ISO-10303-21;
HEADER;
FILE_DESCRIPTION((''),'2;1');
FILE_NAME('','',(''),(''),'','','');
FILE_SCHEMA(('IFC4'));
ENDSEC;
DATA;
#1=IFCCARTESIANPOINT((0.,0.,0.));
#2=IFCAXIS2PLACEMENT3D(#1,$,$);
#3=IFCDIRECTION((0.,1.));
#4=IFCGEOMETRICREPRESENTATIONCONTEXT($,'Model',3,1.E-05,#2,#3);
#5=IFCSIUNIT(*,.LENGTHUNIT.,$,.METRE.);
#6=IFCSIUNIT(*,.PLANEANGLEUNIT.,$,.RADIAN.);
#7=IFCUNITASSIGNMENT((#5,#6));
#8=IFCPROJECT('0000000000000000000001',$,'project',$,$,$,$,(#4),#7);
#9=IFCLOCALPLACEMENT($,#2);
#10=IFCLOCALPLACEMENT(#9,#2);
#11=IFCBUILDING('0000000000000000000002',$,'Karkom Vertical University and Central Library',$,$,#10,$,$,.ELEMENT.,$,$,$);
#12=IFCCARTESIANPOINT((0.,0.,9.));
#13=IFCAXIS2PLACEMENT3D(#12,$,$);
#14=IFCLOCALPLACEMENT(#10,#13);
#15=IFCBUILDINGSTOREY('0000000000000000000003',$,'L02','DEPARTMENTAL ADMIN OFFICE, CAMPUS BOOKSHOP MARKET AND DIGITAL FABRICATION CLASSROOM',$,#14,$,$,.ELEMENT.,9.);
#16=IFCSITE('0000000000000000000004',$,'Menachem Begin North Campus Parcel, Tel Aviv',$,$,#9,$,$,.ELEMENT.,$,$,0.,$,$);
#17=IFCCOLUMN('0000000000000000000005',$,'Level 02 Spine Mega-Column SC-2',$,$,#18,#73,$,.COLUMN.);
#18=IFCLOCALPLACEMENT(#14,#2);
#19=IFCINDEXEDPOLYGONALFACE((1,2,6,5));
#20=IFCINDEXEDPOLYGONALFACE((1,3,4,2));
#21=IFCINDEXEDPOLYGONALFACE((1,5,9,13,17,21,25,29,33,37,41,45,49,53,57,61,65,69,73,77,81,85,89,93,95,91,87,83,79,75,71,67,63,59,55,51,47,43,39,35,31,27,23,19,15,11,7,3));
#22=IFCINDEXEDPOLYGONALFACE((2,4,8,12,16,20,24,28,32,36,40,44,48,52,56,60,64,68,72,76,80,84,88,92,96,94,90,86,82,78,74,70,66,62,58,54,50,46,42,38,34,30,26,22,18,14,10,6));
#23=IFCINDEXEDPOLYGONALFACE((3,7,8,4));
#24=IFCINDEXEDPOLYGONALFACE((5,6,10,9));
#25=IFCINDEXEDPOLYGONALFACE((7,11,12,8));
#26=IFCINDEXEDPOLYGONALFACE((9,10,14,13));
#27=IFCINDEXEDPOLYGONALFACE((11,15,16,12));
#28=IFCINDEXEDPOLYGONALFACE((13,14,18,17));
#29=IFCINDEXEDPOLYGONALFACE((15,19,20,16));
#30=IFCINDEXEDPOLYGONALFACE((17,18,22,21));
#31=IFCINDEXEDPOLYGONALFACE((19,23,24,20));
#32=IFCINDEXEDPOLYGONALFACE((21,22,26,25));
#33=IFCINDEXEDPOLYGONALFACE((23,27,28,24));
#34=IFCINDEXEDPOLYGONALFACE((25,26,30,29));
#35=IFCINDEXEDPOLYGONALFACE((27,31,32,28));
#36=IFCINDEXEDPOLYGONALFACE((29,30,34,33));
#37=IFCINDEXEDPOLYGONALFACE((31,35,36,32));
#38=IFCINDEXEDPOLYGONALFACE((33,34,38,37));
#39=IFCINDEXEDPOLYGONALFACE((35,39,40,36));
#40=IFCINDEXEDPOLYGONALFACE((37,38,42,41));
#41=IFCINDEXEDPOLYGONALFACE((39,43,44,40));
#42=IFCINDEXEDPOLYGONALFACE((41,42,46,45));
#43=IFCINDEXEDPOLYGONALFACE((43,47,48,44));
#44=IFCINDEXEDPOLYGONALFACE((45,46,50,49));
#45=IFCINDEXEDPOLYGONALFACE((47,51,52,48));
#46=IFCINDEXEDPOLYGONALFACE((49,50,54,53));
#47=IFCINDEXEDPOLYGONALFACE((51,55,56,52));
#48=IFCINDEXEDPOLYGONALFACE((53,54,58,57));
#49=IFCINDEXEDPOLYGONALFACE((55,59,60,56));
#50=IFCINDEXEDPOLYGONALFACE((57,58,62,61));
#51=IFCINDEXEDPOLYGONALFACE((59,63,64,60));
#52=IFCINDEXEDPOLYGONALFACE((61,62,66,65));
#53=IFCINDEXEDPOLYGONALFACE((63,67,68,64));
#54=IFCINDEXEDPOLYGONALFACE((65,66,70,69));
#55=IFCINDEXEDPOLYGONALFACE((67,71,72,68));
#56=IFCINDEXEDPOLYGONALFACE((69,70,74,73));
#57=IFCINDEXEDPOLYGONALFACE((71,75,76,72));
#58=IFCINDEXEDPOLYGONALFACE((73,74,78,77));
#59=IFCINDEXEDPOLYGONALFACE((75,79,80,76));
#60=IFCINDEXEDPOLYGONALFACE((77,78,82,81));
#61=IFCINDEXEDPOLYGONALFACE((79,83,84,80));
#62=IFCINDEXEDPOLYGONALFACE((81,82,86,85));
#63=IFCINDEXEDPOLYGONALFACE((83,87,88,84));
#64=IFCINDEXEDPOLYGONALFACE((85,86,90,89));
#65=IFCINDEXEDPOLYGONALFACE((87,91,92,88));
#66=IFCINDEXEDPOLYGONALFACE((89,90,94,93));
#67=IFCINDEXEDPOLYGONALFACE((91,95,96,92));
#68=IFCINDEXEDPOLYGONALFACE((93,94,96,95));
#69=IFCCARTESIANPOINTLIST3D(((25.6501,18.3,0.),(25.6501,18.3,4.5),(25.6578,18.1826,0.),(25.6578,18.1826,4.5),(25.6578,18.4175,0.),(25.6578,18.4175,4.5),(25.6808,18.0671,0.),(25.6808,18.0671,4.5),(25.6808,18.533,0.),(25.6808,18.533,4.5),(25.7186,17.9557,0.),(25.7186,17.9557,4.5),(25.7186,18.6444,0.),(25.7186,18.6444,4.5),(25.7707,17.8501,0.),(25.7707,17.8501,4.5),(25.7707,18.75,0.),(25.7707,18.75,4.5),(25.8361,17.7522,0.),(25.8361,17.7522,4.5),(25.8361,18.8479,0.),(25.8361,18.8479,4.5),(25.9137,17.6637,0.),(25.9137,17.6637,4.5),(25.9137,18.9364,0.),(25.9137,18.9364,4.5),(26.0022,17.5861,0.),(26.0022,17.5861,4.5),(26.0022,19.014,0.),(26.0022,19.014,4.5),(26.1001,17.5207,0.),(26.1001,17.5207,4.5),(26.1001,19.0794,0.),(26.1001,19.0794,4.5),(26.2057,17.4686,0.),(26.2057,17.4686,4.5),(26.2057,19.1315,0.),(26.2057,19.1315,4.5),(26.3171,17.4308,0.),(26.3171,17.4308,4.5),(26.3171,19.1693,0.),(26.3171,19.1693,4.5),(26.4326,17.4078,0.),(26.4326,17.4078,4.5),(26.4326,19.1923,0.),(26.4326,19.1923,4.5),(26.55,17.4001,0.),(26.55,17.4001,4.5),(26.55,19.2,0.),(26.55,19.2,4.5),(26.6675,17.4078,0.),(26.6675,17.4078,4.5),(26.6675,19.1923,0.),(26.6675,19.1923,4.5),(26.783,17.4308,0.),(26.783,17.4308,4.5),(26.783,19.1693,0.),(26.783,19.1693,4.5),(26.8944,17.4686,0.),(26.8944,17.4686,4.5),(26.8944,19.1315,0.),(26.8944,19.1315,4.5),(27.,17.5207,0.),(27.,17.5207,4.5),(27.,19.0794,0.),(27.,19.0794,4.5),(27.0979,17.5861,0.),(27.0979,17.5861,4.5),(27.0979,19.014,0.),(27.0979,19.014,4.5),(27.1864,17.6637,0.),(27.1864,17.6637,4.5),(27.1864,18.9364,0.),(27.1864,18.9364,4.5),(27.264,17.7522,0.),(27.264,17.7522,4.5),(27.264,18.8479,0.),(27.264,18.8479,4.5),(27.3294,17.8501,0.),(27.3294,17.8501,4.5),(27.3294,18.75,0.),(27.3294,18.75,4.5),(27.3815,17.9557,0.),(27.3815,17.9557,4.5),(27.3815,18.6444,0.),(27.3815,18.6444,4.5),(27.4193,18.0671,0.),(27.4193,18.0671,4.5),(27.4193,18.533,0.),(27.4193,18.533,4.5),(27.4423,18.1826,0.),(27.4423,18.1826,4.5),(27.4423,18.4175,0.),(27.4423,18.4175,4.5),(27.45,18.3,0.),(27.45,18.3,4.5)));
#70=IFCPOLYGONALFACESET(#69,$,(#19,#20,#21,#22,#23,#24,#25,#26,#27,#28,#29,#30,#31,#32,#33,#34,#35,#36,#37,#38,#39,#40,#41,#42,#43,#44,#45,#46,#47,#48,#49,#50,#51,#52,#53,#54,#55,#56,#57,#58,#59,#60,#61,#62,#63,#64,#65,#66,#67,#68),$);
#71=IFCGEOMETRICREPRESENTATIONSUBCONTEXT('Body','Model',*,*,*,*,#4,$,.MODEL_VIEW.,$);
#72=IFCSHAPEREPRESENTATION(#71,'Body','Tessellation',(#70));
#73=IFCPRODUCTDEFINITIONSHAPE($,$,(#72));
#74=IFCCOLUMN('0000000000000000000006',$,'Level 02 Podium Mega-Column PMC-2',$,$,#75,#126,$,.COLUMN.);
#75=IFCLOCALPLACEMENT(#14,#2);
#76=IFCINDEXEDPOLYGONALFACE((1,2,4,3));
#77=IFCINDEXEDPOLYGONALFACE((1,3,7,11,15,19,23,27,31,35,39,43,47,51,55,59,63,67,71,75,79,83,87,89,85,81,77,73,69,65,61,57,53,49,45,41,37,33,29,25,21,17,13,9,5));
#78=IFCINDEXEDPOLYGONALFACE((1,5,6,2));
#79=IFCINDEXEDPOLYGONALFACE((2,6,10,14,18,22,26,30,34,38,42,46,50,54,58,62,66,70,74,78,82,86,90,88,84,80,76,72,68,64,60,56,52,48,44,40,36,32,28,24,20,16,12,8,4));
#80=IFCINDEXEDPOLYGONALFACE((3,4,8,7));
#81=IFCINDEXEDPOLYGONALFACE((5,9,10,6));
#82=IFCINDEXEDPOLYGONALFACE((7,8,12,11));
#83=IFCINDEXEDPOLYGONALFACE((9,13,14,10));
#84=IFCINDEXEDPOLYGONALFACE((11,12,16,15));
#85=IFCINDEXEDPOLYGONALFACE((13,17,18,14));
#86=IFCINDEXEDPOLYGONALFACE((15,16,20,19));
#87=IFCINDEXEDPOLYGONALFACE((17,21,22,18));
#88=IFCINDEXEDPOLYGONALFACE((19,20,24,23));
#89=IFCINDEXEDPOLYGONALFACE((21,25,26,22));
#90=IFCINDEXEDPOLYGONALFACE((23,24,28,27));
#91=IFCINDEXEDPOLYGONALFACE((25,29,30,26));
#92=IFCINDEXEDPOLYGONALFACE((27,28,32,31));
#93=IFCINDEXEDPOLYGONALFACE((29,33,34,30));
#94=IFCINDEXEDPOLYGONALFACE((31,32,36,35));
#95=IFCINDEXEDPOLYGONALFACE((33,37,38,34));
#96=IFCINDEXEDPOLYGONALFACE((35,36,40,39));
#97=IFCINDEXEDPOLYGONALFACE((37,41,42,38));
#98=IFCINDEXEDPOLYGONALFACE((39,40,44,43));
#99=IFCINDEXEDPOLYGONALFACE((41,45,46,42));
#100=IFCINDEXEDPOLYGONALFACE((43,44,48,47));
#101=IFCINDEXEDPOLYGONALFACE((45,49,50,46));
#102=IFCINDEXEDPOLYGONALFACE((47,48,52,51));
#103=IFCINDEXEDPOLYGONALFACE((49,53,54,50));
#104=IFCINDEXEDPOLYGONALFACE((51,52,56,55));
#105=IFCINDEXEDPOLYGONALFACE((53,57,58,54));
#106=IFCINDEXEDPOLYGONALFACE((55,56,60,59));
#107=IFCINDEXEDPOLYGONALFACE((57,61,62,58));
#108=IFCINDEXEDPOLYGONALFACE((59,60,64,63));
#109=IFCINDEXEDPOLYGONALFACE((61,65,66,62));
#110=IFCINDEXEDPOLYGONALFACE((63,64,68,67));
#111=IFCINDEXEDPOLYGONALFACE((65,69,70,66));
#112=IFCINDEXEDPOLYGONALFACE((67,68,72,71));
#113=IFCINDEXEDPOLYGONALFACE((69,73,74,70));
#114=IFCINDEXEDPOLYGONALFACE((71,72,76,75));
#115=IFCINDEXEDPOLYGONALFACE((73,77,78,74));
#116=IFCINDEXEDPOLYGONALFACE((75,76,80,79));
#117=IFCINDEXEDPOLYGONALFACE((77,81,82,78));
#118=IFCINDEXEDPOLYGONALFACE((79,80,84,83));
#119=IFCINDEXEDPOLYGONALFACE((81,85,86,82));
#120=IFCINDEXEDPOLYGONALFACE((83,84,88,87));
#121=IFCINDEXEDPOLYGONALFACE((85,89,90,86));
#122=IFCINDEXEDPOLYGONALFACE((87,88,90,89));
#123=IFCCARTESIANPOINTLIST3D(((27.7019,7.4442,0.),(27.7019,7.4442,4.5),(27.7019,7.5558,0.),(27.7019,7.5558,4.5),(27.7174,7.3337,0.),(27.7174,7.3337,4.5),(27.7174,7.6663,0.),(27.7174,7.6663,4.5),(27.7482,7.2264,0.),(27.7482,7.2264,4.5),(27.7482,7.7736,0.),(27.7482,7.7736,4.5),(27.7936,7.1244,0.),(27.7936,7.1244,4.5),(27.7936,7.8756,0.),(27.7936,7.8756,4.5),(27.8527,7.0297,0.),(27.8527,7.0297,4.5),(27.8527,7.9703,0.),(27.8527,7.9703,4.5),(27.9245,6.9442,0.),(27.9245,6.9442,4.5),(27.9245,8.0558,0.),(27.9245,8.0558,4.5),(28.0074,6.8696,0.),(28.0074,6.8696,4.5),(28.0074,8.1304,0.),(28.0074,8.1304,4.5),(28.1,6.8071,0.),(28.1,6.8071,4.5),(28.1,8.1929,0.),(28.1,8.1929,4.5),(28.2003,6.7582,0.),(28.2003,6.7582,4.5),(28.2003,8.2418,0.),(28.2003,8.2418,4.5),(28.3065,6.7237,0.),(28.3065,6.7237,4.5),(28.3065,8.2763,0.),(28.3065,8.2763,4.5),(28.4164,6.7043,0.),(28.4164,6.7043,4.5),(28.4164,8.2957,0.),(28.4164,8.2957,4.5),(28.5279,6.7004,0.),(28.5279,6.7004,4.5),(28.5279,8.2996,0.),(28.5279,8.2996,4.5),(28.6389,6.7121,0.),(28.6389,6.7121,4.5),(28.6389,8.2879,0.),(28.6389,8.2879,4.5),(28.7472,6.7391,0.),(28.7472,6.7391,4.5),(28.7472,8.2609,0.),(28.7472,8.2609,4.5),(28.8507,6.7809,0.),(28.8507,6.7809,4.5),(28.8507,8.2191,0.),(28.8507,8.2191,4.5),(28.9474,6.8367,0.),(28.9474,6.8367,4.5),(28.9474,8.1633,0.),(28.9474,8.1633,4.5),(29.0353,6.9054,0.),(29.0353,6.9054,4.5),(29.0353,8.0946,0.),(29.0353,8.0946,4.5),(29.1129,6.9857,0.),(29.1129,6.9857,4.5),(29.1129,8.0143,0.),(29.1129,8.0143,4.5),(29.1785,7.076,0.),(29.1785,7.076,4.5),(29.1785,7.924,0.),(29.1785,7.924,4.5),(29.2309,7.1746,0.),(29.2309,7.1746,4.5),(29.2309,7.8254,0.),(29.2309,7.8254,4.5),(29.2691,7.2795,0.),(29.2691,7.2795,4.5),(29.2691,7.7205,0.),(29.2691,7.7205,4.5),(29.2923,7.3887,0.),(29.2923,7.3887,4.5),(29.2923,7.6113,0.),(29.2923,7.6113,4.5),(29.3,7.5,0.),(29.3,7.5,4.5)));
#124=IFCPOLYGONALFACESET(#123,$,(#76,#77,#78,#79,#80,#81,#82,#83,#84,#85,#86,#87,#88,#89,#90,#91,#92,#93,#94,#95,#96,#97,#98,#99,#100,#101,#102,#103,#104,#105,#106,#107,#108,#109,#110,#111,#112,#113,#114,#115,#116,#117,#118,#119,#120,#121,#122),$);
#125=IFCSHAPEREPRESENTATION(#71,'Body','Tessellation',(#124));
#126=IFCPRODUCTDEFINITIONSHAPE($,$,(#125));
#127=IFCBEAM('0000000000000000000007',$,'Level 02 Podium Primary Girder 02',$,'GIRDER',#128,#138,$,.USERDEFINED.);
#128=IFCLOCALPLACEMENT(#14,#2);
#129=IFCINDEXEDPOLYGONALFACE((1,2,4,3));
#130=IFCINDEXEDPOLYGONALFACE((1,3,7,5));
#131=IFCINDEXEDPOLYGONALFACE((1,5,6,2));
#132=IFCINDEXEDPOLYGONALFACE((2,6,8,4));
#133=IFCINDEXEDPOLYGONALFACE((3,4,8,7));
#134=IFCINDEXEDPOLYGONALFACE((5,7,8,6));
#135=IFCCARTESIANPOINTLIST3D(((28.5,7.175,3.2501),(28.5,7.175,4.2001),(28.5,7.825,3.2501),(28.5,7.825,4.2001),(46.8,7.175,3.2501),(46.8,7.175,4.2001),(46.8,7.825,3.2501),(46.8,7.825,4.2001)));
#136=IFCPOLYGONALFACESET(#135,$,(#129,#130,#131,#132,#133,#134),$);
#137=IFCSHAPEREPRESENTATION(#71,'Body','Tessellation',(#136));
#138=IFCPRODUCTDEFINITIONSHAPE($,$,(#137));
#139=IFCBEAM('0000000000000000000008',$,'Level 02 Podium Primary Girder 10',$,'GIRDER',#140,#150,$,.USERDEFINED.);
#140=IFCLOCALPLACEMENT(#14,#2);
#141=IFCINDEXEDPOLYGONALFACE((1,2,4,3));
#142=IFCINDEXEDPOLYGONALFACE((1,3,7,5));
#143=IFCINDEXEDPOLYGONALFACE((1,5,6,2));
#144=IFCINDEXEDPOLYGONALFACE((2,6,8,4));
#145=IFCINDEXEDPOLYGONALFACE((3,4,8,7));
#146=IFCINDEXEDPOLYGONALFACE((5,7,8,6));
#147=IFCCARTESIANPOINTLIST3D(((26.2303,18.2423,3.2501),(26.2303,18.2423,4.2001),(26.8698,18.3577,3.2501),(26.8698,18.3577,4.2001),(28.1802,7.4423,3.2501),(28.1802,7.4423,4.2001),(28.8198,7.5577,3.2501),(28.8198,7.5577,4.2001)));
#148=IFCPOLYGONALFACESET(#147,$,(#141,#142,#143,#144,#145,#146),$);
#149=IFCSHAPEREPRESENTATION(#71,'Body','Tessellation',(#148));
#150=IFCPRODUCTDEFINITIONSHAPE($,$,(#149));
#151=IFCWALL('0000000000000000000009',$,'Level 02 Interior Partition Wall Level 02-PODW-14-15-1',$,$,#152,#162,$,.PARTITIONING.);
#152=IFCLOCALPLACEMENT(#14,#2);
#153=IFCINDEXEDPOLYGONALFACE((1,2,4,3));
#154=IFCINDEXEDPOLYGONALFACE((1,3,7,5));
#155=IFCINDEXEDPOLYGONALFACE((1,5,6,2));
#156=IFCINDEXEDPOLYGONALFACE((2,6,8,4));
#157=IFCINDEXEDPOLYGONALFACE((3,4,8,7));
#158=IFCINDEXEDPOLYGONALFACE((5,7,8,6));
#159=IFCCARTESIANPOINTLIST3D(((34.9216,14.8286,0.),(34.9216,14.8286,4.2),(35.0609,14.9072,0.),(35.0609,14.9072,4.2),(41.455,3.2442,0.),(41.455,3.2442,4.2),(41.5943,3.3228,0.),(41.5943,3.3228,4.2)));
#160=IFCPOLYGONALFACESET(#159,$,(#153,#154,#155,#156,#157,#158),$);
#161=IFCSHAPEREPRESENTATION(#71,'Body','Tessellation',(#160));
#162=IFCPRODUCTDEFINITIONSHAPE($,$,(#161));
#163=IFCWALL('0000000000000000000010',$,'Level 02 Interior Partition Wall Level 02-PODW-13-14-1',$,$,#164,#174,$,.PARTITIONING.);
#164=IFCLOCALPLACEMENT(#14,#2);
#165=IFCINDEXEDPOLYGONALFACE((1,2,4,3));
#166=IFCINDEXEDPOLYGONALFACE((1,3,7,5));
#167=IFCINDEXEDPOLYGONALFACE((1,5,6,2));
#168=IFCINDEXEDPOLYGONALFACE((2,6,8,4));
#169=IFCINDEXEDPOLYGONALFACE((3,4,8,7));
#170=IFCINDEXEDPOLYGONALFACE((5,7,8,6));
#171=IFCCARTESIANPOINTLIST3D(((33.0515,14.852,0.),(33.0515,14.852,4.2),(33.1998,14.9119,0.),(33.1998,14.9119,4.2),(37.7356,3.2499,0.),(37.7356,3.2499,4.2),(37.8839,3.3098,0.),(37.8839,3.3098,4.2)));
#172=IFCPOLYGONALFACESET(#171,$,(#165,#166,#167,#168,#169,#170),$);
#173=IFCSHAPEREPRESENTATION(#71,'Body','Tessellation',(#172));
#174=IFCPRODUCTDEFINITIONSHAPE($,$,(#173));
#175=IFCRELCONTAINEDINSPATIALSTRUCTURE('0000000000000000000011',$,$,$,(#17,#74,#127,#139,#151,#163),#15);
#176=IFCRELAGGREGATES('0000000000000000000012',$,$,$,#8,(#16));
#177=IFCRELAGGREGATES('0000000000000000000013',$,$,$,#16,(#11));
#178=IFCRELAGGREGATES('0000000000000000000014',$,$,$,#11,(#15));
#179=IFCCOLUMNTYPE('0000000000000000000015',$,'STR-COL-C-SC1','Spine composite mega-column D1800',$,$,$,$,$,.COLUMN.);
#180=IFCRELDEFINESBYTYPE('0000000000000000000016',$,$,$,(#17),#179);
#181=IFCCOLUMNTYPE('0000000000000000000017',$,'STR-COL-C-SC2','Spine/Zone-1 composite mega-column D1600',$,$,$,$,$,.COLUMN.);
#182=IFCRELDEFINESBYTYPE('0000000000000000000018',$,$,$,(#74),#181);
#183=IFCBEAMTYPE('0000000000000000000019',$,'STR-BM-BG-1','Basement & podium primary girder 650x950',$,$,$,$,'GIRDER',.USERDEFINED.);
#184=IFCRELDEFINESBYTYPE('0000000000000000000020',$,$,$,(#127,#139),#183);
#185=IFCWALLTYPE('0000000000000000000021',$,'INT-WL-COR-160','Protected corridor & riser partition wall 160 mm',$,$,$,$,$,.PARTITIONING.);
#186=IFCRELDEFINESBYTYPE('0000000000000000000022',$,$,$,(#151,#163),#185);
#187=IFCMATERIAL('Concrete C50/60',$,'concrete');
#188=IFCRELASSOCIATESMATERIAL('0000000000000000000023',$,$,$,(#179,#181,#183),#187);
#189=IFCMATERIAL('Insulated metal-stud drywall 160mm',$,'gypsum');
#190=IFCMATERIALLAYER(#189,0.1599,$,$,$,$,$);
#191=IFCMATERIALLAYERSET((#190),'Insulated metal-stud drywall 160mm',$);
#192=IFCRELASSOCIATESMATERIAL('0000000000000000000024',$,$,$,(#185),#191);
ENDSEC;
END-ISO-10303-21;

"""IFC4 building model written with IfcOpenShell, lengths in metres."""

from ifc_helpers import new_model, si_unit, direction, frame, frame_2d, origin, origin_with_axes, origin_2d, place, context, subcontext, project, spatial, rectangle, circle, extrude, source, transform, mapped, material, layer, layer_set, material_profile, profile_set, type_object, element, save


model = new_model("IFC4")

# Units and contexts
model_context = context("Model", 3, precision=1e-05, world=origin(), true_north=direction((0.0, 1.0)))
body_context = subcontext(model_context, "Body", "Model", "MODEL_VIEW")
ifc_project = project(units=[si_unit("LENGTHUNIT", "METRE"), si_unit("PLANEANGLEUNIT", "RADIAN")], contexts=[model_context])

# Site, building, storey
site_placement = place(None, origin())
site = spatial("IfcSite", under=ifc_project, at=site_placement, Name="Menachem Begin North Campus Parcel, Tel Aviv", CompositionType="ELEMENT", RefElevation=0.0)
building_placement = place(site_placement, origin())
building = spatial("IfcBuilding", under=site, at=building_placement, Name="Karkom Vertical University and Central Library", CompositionType="ELEMENT")
storey_placement = place(building_placement, frame((0.0, 0.0, 9.0)))
storey = spatial("IfcBuildingStorey", under=building, at=storey_placement, Name="L02", Description="DEPARTMENTAL ADMIN OFFICE, CAMPUS BOOKSHOP MARKET AND DIGITAL FABRICATION CLASSROOM", CompositionType="ELEMENT", Elevation=9.0)

# Columns
ifc_material_1 = material(Name="Concrete C50/60", Category="concrete")
ifc_material_profile_1 = material_profile(ifc_material_1, circle(Radius=0.8999, at=origin_2d()), Name="CFT-D1800")
ifc_profile_set_1 = profile_set([ifc_material_profile_1], Name="Concrete C50/60")
column_type_1 = type_object("IfcColumnType", Name="STR-COL-C-SC1", Description="Spine composite mega-column D1800", PredefinedType="COLUMN", material=ifc_profile_set_1)
shared_shape_1 = source(origin_with_axes(), body_context, "Body", "SweptSolid", [
    extrude(circle(Radius=0.8999, at=origin_2d()), origin(), (0.0, 0.0, 1.0), 4.5),
])
column_1_placement = place(storey_placement, frame((26.55, 18.3, 0.0), z_axis=(0.0, 0.0, 1.0), x_axis=(1.0, 0.0, 0.0)))
element("IfcColumn", 1, at=column_1_placement, inside=storey, type_object=column_type_1, Name="Level 02 Spine Mega-Column SC-2", PredefinedType="COLUMN", context=body_context, shape_type="MappedRepresentation", body=[
    mapped(shared_shape_1, transform((0.0, 0.0, 0.0), scale=1.0)),
])
ifc_material_profile_2 = material_profile(ifc_material_1, circle(Radius=0.8, at=origin_2d()), Name="CFT-D1600")
ifc_profile_set_2 = profile_set([ifc_material_profile_2], Name="Concrete C50/60")
column_type_2 = type_object("IfcColumnType", Name="STR-COL-C-SC2", Description="Spine/Zone-1 composite mega-column D1600", PredefinedType="COLUMN", material=ifc_profile_set_2)
shared_shape_2 = source(origin_with_axes(), body_context, "Body", "SweptSolid", [
    extrude(circle(Radius=0.8, at=origin_2d()), origin(), (0.0, 0.0, 1.0), 4.5),
])
column_2_placement = place(storey_placement, frame((28.5, 7.5, 0.0), z_axis=(0.0, 0.0, 1.0), x_axis=(1.0, 0.0, 0.0)))
element("IfcColumn", 2, at=column_2_placement, inside=storey, type_object=column_type_2, Name="Level 02 Podium Mega-Column PMC-2", PredefinedType="COLUMN", context=body_context, shape_type="MappedRepresentation", body=[
    mapped(shared_shape_2, transform((0.0, 0.0, 0.0), scale=1.0)),
])

# Beams
ifc_material_profile_3 = material_profile(ifc_material_1, rectangle(XDim=0.6499, YDim=0.95, at=origin_2d()), Name="RCG-650x950")
ifc_profile_set_3 = profile_set([ifc_material_profile_3], Name="Concrete C50/60")
beam_type = type_object("IfcBeamType", Name="STR-BM-BG-1", Description="Basement & podium primary girder 650x950", ElementType="GIRDER", PredefinedType="USERDEFINED", material=ifc_profile_set_3)
shared_shape_3 = source(origin_with_axes(), body_context, "Body", "SweptSolid", [
    extrude(rectangle(XDim=0.6499, YDim=0.95, at=origin_2d()), origin(), (0.0, 0.0, 1.0), 18.3),
])
beam_1_placement = place(storey_placement, frame((28.5, 7.5, 3.7251), z_axis=(1.0, 0.0, 0.0), x_axis=(0.0, 1.0, 0.0)))
element("IfcBeam", 3, at=beam_1_placement, inside=storey, type_object=beam_type, Name="Level 02 Podium Primary Girder 02", ObjectType="GIRDER", PredefinedType="USERDEFINED", context=body_context, shape_type="MappedRepresentation", body=[
    mapped(shared_shape_3, transform((0.0, 0.0, 0.0), scale=1.0)),
])
shared_shape_4 = source(origin_with_axes(), body_context, "Body", "SweptSolid", [
    extrude(rectangle(XDim=0.6499, YDim=0.95, at=origin_2d()), origin(), (0.0, 0.0, 1.0), 10.9746),
])
beam_2_placement = place(storey_placement, frame((28.5, 7.5, 3.7251), z_axis=(-0.177677, 0.984089, 0.0), x_axis=(-0.984089, -0.177677, 0.0)))
element("IfcBeam", 4, at=beam_2_placement, inside=storey, type_object=beam_type, Name="Level 02 Podium Primary Girder 10", ObjectType="GIRDER", PredefinedType="USERDEFINED", context=body_context, shape_type="MappedRepresentation", body=[
    mapped(shared_shape_4, transform((0.0, 0.0, 0.0), scale=1.0)),
])

# Walls
ifc_material_2 = material(Name="Insulated metal-stud drywall 160mm", Category="gypsum")
ifc_layer_1 = layer(ifc_material_2, 0.1599)
ifc_layer_set_1 = layer_set([ifc_layer_1], Name="Insulated metal-stud drywall 160mm")
wall_type_1 = type_object("IfcWallType", Name="INT-WL-COR-160", Description="Protected corridor & riser partition wall 160 mm", PredefinedType="PARTITIONING", material=ifc_layer_set_1)
wall_1_placement = place(storey_placement, frame((34.9912, 14.8679, 0.0), z_axis=(0.0, 0.0, 1.0), x_axis=(0.491242, -0.871023, 0.0)))
element("IfcWall", 5, at=wall_1_placement, inside=storey, type_object=wall_type_1, Name="Level 02 Interior Partition Wall Level 02-PODW-14-15-1", PredefinedType="PARTITIONING", context=body_context, shape_type="SweptSolid", body=[
    extrude(rectangle(XDim=13.2998, YDim=0.1599, at=frame_2d((6.6499, 0.0))), origin(), (0.0, 0.0, 1.0), 4.2),
])
wall_2_placement = place(storey_placement, frame((33.1257, 14.8818, 0.0), z_axis=(0.0, 0.0, 1.0), x_axis=(0.374369, -0.92728, 0.0)))
element("IfcWall", 6, at=wall_2_placement, inside=storey, type_object=wall_type_1, Name="Level 02 Interior Partition Wall Level 02-PODW-13-14-1", PredefinedType="PARTITIONING", context=body_context, shape_type="SweptSolid", body=[
    extrude(rectangle(XDim=12.512, YDim=0.1599, at=frame_2d((6.2559, 0.0))), origin(), (0.0, 0.0, 1.0), 4.2),
])

save(model, "model.ifc")
